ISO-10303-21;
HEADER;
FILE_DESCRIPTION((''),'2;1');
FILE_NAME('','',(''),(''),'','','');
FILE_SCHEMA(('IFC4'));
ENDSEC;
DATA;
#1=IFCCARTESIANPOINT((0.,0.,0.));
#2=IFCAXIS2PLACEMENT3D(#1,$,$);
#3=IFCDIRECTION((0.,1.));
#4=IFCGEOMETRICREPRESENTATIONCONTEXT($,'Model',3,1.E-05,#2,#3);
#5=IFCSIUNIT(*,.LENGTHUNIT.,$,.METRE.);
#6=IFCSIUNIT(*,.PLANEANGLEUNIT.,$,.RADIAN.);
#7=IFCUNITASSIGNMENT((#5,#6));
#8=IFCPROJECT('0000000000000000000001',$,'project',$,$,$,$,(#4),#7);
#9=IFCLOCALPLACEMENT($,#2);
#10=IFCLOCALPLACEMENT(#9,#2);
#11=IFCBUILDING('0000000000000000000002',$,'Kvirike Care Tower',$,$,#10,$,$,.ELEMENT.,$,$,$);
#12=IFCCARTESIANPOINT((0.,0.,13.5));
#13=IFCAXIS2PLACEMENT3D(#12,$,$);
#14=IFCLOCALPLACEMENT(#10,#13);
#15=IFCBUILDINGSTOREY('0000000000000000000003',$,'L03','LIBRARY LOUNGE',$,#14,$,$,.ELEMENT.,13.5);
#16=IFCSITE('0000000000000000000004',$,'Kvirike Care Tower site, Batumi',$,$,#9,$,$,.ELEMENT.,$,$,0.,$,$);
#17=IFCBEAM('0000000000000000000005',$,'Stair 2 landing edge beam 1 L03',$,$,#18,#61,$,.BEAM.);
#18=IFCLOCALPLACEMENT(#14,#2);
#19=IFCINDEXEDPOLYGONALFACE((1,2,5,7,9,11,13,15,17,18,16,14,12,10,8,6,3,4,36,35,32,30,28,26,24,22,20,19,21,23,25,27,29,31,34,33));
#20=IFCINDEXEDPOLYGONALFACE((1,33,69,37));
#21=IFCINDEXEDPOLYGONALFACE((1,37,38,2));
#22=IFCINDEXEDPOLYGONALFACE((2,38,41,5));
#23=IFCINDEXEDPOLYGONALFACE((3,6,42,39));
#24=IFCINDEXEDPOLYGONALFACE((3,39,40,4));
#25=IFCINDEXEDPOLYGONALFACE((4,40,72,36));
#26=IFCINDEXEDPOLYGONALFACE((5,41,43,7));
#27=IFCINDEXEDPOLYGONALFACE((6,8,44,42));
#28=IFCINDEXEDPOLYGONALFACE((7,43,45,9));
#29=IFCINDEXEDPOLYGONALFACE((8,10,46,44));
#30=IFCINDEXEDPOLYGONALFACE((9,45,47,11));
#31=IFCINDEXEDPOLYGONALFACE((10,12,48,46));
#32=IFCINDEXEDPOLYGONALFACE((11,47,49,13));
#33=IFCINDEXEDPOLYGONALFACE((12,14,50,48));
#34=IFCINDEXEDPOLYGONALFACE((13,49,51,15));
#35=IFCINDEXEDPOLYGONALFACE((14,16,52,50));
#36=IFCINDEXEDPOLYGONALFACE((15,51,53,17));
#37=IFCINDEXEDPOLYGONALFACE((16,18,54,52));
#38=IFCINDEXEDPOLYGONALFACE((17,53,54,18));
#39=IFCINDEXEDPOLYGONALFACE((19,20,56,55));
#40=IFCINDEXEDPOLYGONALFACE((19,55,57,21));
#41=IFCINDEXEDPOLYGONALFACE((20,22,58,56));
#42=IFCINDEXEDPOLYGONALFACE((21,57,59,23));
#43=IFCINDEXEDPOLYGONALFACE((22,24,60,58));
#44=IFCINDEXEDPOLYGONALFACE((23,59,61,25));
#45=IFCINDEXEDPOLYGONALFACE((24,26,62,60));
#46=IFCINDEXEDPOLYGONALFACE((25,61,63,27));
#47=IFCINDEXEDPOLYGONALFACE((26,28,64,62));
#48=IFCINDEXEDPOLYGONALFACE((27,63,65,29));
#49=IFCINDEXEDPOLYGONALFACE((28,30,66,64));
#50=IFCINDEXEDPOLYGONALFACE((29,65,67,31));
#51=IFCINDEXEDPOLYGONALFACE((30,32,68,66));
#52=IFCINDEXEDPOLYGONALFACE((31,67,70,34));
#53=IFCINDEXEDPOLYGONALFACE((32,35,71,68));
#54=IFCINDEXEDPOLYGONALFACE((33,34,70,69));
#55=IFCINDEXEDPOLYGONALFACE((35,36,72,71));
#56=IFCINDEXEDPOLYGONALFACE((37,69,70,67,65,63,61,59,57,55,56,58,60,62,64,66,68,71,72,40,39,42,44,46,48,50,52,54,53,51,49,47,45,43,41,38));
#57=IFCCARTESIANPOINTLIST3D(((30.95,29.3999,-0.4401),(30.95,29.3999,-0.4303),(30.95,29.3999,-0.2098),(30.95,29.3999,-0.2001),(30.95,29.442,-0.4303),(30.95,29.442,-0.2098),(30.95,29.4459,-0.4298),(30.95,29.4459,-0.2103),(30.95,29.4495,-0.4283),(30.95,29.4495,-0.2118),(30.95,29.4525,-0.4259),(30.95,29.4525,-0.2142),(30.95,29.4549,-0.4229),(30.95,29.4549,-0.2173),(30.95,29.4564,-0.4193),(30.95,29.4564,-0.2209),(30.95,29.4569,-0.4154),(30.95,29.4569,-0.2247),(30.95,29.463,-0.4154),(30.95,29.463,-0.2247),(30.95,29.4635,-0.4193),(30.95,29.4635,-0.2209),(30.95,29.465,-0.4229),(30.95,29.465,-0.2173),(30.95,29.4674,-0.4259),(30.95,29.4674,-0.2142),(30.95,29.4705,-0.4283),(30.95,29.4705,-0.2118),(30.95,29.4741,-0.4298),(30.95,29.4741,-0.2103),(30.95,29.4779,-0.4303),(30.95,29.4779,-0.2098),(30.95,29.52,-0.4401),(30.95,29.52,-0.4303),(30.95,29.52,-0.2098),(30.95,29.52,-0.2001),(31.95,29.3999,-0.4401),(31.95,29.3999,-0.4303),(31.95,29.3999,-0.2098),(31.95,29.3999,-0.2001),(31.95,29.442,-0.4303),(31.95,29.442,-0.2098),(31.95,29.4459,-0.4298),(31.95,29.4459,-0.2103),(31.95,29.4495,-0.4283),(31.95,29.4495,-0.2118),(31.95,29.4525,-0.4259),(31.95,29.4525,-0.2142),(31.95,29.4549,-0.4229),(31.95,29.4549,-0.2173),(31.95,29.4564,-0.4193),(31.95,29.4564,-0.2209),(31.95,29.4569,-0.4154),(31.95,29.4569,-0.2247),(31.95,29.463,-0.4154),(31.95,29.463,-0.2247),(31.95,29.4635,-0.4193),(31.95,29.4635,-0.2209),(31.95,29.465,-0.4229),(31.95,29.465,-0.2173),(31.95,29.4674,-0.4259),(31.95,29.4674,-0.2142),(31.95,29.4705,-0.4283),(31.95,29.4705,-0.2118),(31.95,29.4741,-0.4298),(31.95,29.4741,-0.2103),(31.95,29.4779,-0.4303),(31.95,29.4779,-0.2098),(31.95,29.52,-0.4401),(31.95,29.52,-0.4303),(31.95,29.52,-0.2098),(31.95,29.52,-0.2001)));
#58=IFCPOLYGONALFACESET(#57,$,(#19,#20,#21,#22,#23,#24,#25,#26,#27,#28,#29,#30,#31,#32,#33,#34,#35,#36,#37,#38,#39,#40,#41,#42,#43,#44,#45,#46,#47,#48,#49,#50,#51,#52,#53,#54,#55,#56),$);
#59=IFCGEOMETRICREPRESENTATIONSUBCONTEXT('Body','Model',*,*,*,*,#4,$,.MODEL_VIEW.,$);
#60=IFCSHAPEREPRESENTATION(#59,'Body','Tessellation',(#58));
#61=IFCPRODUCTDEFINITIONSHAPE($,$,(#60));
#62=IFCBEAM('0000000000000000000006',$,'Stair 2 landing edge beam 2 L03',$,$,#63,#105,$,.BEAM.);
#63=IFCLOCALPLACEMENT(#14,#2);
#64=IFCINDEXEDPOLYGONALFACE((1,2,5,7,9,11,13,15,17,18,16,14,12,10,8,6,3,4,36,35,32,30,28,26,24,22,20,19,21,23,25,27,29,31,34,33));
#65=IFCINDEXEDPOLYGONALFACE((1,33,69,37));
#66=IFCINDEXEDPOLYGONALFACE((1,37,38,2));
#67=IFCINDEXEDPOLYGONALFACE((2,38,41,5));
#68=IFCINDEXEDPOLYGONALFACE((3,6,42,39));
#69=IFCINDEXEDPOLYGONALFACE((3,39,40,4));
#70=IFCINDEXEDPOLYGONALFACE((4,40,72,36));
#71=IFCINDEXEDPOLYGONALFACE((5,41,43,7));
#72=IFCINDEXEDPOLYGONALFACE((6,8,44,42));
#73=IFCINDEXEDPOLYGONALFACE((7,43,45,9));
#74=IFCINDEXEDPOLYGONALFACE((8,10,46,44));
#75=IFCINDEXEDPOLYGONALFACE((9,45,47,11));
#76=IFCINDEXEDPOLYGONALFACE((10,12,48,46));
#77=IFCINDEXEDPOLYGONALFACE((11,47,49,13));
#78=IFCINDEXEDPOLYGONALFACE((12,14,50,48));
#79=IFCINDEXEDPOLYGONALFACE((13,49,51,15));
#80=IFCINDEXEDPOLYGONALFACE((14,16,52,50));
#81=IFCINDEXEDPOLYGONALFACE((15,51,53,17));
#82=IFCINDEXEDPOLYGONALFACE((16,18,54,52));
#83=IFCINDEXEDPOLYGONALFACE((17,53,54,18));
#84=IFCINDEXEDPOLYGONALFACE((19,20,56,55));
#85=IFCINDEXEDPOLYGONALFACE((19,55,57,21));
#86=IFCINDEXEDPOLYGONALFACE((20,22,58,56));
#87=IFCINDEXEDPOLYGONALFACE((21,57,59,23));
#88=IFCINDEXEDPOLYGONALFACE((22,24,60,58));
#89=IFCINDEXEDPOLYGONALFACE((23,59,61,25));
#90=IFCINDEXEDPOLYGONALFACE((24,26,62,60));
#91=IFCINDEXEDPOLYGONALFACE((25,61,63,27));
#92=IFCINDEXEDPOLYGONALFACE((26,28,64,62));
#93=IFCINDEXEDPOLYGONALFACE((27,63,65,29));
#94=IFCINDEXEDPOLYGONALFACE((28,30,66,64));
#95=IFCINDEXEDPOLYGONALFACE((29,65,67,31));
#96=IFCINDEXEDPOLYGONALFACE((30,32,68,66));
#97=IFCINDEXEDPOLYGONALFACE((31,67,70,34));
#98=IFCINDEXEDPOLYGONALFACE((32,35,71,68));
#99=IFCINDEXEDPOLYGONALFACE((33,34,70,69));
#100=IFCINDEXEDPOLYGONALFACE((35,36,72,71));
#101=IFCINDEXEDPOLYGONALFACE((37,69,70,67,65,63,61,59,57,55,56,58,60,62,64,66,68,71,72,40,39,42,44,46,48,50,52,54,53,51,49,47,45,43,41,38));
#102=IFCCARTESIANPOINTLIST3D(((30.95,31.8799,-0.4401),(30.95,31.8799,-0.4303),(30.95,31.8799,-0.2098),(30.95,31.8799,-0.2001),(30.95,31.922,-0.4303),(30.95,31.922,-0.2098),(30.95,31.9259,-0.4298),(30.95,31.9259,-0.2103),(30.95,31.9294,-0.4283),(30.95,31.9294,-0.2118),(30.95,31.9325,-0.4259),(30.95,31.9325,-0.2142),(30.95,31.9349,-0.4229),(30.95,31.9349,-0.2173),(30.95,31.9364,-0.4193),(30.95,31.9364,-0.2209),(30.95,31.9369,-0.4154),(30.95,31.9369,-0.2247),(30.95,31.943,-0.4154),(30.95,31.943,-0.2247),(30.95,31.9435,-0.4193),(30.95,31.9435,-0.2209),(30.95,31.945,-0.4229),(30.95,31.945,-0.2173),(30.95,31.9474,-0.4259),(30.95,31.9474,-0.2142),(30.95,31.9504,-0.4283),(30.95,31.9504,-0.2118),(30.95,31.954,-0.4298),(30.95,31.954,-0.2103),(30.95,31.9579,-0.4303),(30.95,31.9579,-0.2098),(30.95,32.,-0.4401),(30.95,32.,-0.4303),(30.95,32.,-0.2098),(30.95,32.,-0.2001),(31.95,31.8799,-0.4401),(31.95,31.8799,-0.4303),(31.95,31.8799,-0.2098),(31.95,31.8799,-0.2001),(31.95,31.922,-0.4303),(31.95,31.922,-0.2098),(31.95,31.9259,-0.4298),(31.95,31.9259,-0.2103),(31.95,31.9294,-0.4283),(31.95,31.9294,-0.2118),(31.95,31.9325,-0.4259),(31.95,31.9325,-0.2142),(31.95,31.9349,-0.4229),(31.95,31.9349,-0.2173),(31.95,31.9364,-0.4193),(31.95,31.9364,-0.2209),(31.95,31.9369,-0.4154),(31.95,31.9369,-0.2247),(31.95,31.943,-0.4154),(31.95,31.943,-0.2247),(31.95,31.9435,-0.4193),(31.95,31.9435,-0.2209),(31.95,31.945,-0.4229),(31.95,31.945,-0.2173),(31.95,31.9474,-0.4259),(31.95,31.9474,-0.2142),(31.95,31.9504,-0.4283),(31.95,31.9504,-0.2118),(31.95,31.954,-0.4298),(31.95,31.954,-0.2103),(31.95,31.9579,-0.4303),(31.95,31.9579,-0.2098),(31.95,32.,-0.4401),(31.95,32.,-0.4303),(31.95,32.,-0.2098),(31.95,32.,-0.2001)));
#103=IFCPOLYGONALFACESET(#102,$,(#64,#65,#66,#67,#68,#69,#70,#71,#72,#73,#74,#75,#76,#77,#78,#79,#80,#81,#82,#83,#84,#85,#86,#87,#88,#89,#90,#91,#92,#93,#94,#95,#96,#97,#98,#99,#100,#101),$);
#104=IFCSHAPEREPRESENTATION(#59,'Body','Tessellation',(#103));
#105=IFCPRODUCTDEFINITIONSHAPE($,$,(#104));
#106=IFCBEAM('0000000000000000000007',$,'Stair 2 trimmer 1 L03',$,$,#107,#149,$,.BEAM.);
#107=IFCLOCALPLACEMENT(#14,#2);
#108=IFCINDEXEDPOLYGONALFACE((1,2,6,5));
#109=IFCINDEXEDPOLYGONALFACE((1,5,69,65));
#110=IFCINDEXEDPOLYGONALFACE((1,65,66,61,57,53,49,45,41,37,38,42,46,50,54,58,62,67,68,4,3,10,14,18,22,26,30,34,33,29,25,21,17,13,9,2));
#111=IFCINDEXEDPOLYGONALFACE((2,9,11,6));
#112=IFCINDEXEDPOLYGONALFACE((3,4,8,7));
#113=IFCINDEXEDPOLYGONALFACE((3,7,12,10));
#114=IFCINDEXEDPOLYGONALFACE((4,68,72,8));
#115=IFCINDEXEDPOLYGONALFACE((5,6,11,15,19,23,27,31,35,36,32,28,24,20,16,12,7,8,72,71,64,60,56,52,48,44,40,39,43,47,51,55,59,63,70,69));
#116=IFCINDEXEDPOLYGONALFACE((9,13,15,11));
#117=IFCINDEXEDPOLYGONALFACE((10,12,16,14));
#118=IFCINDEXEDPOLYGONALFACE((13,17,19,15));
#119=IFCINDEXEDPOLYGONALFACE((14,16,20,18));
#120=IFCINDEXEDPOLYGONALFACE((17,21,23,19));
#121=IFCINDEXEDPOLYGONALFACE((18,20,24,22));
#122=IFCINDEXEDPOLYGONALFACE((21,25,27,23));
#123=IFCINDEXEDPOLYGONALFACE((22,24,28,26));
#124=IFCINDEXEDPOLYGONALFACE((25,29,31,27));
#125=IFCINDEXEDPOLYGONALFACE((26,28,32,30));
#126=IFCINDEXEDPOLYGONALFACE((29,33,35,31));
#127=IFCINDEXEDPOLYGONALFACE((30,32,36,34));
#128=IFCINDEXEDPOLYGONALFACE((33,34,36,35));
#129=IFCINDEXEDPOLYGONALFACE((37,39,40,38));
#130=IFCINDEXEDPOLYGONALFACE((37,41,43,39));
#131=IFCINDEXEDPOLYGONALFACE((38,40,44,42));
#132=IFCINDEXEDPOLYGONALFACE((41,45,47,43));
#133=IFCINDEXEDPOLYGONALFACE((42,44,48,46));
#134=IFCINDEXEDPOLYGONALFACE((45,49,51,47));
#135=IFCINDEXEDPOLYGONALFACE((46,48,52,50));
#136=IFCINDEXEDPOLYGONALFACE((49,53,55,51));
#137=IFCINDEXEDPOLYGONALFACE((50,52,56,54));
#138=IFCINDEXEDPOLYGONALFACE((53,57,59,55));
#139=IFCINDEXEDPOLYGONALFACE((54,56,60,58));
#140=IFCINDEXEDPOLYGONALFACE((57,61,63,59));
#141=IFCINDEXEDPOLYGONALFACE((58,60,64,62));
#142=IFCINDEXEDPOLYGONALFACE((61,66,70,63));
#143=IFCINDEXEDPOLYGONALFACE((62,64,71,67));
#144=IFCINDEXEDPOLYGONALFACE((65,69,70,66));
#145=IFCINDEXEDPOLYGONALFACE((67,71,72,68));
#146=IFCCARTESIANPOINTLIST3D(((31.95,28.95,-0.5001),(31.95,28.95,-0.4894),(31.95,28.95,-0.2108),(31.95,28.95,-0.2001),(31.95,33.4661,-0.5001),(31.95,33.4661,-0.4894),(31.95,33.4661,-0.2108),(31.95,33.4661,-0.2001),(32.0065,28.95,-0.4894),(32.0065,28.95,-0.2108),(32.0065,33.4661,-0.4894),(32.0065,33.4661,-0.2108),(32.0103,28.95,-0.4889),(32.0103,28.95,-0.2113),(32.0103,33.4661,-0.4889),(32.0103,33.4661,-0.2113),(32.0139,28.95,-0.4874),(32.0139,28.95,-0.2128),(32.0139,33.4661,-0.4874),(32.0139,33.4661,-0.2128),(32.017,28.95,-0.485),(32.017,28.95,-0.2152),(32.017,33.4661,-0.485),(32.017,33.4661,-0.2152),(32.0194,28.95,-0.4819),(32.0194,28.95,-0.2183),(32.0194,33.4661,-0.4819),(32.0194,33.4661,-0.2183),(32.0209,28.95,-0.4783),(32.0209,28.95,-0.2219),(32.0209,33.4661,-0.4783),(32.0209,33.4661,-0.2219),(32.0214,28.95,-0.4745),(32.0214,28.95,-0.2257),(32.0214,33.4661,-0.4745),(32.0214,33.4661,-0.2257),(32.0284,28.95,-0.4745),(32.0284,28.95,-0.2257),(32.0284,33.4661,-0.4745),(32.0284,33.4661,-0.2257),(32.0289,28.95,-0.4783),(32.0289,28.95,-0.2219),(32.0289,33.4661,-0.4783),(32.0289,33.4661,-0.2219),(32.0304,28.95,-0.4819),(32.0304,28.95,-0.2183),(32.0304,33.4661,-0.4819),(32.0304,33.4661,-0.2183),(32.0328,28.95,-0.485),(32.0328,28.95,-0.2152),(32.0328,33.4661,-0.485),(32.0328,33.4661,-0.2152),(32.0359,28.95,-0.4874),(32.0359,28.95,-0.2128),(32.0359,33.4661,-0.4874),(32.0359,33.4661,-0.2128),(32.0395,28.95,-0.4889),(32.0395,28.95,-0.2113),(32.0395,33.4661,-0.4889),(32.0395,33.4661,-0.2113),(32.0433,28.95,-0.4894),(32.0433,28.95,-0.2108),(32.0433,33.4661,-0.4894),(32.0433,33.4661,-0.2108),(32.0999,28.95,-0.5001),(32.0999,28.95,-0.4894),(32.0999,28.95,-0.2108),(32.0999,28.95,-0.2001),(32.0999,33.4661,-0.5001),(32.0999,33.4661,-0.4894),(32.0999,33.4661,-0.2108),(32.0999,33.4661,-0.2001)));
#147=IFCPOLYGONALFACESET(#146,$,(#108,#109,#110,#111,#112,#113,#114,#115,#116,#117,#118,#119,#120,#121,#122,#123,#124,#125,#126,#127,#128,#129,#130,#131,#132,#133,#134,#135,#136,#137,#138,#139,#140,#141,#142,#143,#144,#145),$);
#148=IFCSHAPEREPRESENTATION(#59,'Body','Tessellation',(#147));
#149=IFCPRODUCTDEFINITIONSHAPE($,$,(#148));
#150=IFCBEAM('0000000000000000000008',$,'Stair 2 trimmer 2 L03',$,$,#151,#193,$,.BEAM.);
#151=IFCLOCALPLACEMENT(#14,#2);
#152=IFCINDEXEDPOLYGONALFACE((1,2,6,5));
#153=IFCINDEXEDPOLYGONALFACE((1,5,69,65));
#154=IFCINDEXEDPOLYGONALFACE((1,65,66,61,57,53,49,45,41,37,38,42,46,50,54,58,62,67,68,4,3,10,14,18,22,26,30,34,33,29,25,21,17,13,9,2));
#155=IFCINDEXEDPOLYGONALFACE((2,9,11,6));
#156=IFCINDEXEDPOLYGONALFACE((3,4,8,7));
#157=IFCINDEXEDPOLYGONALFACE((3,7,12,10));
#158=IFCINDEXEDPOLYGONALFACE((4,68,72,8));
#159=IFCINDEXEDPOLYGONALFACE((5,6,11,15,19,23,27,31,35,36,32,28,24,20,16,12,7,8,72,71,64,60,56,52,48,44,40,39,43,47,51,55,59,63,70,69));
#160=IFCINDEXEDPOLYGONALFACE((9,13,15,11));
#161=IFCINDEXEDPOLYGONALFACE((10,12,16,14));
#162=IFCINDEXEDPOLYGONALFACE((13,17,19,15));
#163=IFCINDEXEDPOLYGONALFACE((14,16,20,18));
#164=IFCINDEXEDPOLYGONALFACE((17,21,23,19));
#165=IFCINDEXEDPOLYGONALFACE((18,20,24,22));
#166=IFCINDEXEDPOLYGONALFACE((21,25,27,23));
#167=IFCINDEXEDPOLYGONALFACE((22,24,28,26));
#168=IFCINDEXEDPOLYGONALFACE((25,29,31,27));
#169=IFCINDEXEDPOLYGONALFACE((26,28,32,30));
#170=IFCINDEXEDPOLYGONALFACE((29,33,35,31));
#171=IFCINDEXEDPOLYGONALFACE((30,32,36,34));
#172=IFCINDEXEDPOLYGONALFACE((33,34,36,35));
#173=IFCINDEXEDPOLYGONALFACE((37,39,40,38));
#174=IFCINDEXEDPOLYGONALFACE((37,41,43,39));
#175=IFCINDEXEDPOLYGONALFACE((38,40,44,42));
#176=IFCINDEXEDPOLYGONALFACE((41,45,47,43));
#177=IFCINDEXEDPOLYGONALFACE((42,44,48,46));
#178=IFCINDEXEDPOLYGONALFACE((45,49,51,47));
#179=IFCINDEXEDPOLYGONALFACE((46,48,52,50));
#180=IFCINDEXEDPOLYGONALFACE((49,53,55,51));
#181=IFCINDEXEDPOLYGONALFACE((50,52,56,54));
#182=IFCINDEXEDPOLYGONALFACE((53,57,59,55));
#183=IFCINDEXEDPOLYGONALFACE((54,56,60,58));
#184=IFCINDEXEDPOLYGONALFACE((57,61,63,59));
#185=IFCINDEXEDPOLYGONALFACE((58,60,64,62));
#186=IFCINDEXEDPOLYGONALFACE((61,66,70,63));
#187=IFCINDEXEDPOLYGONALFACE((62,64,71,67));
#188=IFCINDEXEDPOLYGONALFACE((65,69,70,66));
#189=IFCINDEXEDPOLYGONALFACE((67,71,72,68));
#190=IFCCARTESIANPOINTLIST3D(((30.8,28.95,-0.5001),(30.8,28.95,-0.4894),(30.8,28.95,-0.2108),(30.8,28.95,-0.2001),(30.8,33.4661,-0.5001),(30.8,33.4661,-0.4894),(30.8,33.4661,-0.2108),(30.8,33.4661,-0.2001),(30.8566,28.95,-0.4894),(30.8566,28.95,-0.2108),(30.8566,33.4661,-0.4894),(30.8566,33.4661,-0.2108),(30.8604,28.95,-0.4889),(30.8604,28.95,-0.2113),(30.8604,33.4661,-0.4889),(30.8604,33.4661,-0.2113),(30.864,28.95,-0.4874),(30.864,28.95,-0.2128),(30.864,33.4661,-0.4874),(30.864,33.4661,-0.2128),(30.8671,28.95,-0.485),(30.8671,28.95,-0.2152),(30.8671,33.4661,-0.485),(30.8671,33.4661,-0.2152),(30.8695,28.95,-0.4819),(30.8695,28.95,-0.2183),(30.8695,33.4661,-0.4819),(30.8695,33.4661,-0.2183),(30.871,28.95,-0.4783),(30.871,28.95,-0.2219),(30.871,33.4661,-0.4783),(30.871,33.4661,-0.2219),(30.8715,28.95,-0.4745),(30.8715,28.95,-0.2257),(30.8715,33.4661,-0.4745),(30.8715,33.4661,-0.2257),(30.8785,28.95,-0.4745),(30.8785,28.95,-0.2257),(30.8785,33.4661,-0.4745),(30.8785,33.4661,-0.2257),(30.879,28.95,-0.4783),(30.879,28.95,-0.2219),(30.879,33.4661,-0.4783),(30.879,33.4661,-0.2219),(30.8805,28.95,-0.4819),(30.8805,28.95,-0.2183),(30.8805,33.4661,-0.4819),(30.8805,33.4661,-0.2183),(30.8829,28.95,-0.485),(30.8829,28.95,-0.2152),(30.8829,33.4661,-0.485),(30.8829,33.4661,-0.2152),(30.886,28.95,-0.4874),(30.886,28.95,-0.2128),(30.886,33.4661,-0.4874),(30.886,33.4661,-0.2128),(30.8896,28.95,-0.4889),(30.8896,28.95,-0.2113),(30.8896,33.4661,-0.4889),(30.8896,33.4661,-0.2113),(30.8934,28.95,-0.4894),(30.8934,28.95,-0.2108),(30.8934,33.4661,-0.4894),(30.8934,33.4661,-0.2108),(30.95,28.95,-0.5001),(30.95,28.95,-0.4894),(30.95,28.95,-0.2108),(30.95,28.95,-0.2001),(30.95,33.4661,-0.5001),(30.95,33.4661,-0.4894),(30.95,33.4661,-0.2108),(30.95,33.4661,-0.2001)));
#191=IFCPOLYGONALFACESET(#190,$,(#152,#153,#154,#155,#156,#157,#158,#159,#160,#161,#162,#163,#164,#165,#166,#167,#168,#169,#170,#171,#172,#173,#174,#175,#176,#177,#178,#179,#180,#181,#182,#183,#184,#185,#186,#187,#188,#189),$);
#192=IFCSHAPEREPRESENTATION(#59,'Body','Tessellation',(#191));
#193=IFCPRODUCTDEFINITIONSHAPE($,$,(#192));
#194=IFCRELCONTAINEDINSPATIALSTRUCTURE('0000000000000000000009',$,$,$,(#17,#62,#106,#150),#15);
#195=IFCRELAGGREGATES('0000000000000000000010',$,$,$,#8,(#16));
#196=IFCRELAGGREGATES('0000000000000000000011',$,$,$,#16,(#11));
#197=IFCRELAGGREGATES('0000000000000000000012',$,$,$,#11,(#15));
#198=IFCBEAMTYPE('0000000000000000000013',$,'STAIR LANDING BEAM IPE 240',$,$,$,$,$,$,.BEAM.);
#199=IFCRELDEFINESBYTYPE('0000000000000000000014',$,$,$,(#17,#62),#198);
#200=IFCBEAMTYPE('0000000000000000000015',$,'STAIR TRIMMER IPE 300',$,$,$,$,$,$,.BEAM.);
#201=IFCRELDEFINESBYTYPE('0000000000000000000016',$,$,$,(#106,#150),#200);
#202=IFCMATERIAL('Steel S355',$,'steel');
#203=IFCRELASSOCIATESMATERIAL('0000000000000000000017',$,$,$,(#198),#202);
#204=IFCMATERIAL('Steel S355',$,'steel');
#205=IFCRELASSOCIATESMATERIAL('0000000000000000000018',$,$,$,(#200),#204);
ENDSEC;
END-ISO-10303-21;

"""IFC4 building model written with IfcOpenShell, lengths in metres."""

from ifc_helpers import new_model, si_unit, direction, frame, origin, origin_2d, place, context, subcontext, project, spatial, i_section, extrude, material, material_profile, profile_set, type_object, element, save


model = new_model("IFC4")

# Units and contexts
model_context = context("Model", 3, precision=1e-05, world=origin(), true_north=direction((0.0, 1.0)))
body_context = subcontext(model_context, "Body", "Model", "MODEL_VIEW")
ifc_project = project(units=[si_unit("LENGTHUNIT", "METRE"), si_unit("PLANEANGLEUNIT", "RADIAN")], contexts=[model_context])

# Site, building, storey
site_placement = place(None, origin())
site = spatial("IfcSite", under=ifc_project, at=site_placement, Name="Kvirike Care Tower site, Batumi", CompositionType="ELEMENT", RefElevation=0.0)
building_placement = place(site_placement, origin())
building = spatial("IfcBuilding", under=site, at=building_placement, Name="Kvirike Care Tower", CompositionType="ELEMENT")
storey_placement = place(building_placement, frame((0.0, 0.0, 13.5)))
storey = spatial("IfcBuildingStorey", under=building, at=storey_placement, Name="L03", Description="LIBRARY LOUNGE", CompositionType="ELEMENT", Elevation=13.5)

# Beams
ifc_material_1 = material(Name="Steel S355", Category="steel")
ifc_material_profile_1 = material_profile(ifc_material_1, i_section(OverallWidth=0.1201, OverallDepth=0.24, WebThickness=0.0061, FlangeThickness=0.0098, FilletRadius=0.0149, at=origin_2d()), Name="IPE 240")
ifc_profile_set_1 = profile_set([ifc_material_profile_1], Name="Steel S355")
beam_type_1 = type_object("IfcBeamType", Name="STAIR LANDING BEAM IPE 240", PredefinedType="BEAM", material=ifc_profile_set_1)
for number, where, z_axis, x_axis, name in (
    (1, (31.95, 29.46, -0.3201), (-1.0, 0.0, 0.0), (0.0, -1.0, 0.0), "Stair 2 landing edge beam 1 L03"),
    (2, (31.95, 31.9399, -0.3201), (-1.0, 0.0, 0.0), (0.0, -1.0, 0.0), "Stair 2 landing edge beam 2 L03"),
):
    element("IfcBeam", number, at=place(storey_placement, frame(where, z_axis=z_axis, x_axis=x_axis)), inside=storey, type_object=beam_type_1, Name=name, PredefinedType="BEAM", context=body_context, shape_type="SweptSolid", body=[
        extrude(i_section(OverallWidth=0.1201, OverallDepth=0.24, WebThickness=0.0061, FlangeThickness=0.0098, FilletRadius=0.0149, at=origin_2d()), origin(), (0.0, 0.0, 1.0), 1.0),
    ])
ifc_material_2 = material(Name="Steel S355", Category="steel")
ifc_material_profile_2 = material_profile(ifc_material_2, i_section(OverallWidth=0.1499, OverallDepth=0.3, WebThickness=0.0071, FlangeThickness=0.0107, FilletRadius=0.0149, at=origin_2d()), Name="IPE 300")
ifc_profile_set_2 = profile_set([ifc_material_profile_2], Name="Steel S355")
beam_type_2 = type_object("IfcBeamType", Name="STAIR TRIMMER IPE 300", PredefinedType="BEAM", material=ifc_profile_set_2)
for number, where, z_axis, x_axis, name in (
    (3, (32.0249, 28.95, -0.3501), (0.0, 1.0, 0.0), (-1.0, 0.0, 0.0), "Stair 2 trimmer 1 L03"),
    (4, (30.875, 28.95, -0.3501), (0.0, 1.0, 0.0), (-1.0, 0.0, 0.0), "Stair 2 trimmer 2 L03"),
):
    element("IfcBeam", number, at=place(storey_placement, frame(where, z_axis=z_axis, x_axis=x_axis)), inside=storey, type_object=beam_type_2, Name=name, PredefinedType="BEAM", context=body_context, shape_type="SweptSolid", body=[
        extrude(i_section(OverallWidth=0.1499, OverallDepth=0.3, WebThickness=0.0071, FlangeThickness=0.0107, FilletRadius=0.0149, at=origin_2d()), origin(), (0.0, 0.0, 1.0), 4.5161),
    ])

save(model, "model.ifc")
